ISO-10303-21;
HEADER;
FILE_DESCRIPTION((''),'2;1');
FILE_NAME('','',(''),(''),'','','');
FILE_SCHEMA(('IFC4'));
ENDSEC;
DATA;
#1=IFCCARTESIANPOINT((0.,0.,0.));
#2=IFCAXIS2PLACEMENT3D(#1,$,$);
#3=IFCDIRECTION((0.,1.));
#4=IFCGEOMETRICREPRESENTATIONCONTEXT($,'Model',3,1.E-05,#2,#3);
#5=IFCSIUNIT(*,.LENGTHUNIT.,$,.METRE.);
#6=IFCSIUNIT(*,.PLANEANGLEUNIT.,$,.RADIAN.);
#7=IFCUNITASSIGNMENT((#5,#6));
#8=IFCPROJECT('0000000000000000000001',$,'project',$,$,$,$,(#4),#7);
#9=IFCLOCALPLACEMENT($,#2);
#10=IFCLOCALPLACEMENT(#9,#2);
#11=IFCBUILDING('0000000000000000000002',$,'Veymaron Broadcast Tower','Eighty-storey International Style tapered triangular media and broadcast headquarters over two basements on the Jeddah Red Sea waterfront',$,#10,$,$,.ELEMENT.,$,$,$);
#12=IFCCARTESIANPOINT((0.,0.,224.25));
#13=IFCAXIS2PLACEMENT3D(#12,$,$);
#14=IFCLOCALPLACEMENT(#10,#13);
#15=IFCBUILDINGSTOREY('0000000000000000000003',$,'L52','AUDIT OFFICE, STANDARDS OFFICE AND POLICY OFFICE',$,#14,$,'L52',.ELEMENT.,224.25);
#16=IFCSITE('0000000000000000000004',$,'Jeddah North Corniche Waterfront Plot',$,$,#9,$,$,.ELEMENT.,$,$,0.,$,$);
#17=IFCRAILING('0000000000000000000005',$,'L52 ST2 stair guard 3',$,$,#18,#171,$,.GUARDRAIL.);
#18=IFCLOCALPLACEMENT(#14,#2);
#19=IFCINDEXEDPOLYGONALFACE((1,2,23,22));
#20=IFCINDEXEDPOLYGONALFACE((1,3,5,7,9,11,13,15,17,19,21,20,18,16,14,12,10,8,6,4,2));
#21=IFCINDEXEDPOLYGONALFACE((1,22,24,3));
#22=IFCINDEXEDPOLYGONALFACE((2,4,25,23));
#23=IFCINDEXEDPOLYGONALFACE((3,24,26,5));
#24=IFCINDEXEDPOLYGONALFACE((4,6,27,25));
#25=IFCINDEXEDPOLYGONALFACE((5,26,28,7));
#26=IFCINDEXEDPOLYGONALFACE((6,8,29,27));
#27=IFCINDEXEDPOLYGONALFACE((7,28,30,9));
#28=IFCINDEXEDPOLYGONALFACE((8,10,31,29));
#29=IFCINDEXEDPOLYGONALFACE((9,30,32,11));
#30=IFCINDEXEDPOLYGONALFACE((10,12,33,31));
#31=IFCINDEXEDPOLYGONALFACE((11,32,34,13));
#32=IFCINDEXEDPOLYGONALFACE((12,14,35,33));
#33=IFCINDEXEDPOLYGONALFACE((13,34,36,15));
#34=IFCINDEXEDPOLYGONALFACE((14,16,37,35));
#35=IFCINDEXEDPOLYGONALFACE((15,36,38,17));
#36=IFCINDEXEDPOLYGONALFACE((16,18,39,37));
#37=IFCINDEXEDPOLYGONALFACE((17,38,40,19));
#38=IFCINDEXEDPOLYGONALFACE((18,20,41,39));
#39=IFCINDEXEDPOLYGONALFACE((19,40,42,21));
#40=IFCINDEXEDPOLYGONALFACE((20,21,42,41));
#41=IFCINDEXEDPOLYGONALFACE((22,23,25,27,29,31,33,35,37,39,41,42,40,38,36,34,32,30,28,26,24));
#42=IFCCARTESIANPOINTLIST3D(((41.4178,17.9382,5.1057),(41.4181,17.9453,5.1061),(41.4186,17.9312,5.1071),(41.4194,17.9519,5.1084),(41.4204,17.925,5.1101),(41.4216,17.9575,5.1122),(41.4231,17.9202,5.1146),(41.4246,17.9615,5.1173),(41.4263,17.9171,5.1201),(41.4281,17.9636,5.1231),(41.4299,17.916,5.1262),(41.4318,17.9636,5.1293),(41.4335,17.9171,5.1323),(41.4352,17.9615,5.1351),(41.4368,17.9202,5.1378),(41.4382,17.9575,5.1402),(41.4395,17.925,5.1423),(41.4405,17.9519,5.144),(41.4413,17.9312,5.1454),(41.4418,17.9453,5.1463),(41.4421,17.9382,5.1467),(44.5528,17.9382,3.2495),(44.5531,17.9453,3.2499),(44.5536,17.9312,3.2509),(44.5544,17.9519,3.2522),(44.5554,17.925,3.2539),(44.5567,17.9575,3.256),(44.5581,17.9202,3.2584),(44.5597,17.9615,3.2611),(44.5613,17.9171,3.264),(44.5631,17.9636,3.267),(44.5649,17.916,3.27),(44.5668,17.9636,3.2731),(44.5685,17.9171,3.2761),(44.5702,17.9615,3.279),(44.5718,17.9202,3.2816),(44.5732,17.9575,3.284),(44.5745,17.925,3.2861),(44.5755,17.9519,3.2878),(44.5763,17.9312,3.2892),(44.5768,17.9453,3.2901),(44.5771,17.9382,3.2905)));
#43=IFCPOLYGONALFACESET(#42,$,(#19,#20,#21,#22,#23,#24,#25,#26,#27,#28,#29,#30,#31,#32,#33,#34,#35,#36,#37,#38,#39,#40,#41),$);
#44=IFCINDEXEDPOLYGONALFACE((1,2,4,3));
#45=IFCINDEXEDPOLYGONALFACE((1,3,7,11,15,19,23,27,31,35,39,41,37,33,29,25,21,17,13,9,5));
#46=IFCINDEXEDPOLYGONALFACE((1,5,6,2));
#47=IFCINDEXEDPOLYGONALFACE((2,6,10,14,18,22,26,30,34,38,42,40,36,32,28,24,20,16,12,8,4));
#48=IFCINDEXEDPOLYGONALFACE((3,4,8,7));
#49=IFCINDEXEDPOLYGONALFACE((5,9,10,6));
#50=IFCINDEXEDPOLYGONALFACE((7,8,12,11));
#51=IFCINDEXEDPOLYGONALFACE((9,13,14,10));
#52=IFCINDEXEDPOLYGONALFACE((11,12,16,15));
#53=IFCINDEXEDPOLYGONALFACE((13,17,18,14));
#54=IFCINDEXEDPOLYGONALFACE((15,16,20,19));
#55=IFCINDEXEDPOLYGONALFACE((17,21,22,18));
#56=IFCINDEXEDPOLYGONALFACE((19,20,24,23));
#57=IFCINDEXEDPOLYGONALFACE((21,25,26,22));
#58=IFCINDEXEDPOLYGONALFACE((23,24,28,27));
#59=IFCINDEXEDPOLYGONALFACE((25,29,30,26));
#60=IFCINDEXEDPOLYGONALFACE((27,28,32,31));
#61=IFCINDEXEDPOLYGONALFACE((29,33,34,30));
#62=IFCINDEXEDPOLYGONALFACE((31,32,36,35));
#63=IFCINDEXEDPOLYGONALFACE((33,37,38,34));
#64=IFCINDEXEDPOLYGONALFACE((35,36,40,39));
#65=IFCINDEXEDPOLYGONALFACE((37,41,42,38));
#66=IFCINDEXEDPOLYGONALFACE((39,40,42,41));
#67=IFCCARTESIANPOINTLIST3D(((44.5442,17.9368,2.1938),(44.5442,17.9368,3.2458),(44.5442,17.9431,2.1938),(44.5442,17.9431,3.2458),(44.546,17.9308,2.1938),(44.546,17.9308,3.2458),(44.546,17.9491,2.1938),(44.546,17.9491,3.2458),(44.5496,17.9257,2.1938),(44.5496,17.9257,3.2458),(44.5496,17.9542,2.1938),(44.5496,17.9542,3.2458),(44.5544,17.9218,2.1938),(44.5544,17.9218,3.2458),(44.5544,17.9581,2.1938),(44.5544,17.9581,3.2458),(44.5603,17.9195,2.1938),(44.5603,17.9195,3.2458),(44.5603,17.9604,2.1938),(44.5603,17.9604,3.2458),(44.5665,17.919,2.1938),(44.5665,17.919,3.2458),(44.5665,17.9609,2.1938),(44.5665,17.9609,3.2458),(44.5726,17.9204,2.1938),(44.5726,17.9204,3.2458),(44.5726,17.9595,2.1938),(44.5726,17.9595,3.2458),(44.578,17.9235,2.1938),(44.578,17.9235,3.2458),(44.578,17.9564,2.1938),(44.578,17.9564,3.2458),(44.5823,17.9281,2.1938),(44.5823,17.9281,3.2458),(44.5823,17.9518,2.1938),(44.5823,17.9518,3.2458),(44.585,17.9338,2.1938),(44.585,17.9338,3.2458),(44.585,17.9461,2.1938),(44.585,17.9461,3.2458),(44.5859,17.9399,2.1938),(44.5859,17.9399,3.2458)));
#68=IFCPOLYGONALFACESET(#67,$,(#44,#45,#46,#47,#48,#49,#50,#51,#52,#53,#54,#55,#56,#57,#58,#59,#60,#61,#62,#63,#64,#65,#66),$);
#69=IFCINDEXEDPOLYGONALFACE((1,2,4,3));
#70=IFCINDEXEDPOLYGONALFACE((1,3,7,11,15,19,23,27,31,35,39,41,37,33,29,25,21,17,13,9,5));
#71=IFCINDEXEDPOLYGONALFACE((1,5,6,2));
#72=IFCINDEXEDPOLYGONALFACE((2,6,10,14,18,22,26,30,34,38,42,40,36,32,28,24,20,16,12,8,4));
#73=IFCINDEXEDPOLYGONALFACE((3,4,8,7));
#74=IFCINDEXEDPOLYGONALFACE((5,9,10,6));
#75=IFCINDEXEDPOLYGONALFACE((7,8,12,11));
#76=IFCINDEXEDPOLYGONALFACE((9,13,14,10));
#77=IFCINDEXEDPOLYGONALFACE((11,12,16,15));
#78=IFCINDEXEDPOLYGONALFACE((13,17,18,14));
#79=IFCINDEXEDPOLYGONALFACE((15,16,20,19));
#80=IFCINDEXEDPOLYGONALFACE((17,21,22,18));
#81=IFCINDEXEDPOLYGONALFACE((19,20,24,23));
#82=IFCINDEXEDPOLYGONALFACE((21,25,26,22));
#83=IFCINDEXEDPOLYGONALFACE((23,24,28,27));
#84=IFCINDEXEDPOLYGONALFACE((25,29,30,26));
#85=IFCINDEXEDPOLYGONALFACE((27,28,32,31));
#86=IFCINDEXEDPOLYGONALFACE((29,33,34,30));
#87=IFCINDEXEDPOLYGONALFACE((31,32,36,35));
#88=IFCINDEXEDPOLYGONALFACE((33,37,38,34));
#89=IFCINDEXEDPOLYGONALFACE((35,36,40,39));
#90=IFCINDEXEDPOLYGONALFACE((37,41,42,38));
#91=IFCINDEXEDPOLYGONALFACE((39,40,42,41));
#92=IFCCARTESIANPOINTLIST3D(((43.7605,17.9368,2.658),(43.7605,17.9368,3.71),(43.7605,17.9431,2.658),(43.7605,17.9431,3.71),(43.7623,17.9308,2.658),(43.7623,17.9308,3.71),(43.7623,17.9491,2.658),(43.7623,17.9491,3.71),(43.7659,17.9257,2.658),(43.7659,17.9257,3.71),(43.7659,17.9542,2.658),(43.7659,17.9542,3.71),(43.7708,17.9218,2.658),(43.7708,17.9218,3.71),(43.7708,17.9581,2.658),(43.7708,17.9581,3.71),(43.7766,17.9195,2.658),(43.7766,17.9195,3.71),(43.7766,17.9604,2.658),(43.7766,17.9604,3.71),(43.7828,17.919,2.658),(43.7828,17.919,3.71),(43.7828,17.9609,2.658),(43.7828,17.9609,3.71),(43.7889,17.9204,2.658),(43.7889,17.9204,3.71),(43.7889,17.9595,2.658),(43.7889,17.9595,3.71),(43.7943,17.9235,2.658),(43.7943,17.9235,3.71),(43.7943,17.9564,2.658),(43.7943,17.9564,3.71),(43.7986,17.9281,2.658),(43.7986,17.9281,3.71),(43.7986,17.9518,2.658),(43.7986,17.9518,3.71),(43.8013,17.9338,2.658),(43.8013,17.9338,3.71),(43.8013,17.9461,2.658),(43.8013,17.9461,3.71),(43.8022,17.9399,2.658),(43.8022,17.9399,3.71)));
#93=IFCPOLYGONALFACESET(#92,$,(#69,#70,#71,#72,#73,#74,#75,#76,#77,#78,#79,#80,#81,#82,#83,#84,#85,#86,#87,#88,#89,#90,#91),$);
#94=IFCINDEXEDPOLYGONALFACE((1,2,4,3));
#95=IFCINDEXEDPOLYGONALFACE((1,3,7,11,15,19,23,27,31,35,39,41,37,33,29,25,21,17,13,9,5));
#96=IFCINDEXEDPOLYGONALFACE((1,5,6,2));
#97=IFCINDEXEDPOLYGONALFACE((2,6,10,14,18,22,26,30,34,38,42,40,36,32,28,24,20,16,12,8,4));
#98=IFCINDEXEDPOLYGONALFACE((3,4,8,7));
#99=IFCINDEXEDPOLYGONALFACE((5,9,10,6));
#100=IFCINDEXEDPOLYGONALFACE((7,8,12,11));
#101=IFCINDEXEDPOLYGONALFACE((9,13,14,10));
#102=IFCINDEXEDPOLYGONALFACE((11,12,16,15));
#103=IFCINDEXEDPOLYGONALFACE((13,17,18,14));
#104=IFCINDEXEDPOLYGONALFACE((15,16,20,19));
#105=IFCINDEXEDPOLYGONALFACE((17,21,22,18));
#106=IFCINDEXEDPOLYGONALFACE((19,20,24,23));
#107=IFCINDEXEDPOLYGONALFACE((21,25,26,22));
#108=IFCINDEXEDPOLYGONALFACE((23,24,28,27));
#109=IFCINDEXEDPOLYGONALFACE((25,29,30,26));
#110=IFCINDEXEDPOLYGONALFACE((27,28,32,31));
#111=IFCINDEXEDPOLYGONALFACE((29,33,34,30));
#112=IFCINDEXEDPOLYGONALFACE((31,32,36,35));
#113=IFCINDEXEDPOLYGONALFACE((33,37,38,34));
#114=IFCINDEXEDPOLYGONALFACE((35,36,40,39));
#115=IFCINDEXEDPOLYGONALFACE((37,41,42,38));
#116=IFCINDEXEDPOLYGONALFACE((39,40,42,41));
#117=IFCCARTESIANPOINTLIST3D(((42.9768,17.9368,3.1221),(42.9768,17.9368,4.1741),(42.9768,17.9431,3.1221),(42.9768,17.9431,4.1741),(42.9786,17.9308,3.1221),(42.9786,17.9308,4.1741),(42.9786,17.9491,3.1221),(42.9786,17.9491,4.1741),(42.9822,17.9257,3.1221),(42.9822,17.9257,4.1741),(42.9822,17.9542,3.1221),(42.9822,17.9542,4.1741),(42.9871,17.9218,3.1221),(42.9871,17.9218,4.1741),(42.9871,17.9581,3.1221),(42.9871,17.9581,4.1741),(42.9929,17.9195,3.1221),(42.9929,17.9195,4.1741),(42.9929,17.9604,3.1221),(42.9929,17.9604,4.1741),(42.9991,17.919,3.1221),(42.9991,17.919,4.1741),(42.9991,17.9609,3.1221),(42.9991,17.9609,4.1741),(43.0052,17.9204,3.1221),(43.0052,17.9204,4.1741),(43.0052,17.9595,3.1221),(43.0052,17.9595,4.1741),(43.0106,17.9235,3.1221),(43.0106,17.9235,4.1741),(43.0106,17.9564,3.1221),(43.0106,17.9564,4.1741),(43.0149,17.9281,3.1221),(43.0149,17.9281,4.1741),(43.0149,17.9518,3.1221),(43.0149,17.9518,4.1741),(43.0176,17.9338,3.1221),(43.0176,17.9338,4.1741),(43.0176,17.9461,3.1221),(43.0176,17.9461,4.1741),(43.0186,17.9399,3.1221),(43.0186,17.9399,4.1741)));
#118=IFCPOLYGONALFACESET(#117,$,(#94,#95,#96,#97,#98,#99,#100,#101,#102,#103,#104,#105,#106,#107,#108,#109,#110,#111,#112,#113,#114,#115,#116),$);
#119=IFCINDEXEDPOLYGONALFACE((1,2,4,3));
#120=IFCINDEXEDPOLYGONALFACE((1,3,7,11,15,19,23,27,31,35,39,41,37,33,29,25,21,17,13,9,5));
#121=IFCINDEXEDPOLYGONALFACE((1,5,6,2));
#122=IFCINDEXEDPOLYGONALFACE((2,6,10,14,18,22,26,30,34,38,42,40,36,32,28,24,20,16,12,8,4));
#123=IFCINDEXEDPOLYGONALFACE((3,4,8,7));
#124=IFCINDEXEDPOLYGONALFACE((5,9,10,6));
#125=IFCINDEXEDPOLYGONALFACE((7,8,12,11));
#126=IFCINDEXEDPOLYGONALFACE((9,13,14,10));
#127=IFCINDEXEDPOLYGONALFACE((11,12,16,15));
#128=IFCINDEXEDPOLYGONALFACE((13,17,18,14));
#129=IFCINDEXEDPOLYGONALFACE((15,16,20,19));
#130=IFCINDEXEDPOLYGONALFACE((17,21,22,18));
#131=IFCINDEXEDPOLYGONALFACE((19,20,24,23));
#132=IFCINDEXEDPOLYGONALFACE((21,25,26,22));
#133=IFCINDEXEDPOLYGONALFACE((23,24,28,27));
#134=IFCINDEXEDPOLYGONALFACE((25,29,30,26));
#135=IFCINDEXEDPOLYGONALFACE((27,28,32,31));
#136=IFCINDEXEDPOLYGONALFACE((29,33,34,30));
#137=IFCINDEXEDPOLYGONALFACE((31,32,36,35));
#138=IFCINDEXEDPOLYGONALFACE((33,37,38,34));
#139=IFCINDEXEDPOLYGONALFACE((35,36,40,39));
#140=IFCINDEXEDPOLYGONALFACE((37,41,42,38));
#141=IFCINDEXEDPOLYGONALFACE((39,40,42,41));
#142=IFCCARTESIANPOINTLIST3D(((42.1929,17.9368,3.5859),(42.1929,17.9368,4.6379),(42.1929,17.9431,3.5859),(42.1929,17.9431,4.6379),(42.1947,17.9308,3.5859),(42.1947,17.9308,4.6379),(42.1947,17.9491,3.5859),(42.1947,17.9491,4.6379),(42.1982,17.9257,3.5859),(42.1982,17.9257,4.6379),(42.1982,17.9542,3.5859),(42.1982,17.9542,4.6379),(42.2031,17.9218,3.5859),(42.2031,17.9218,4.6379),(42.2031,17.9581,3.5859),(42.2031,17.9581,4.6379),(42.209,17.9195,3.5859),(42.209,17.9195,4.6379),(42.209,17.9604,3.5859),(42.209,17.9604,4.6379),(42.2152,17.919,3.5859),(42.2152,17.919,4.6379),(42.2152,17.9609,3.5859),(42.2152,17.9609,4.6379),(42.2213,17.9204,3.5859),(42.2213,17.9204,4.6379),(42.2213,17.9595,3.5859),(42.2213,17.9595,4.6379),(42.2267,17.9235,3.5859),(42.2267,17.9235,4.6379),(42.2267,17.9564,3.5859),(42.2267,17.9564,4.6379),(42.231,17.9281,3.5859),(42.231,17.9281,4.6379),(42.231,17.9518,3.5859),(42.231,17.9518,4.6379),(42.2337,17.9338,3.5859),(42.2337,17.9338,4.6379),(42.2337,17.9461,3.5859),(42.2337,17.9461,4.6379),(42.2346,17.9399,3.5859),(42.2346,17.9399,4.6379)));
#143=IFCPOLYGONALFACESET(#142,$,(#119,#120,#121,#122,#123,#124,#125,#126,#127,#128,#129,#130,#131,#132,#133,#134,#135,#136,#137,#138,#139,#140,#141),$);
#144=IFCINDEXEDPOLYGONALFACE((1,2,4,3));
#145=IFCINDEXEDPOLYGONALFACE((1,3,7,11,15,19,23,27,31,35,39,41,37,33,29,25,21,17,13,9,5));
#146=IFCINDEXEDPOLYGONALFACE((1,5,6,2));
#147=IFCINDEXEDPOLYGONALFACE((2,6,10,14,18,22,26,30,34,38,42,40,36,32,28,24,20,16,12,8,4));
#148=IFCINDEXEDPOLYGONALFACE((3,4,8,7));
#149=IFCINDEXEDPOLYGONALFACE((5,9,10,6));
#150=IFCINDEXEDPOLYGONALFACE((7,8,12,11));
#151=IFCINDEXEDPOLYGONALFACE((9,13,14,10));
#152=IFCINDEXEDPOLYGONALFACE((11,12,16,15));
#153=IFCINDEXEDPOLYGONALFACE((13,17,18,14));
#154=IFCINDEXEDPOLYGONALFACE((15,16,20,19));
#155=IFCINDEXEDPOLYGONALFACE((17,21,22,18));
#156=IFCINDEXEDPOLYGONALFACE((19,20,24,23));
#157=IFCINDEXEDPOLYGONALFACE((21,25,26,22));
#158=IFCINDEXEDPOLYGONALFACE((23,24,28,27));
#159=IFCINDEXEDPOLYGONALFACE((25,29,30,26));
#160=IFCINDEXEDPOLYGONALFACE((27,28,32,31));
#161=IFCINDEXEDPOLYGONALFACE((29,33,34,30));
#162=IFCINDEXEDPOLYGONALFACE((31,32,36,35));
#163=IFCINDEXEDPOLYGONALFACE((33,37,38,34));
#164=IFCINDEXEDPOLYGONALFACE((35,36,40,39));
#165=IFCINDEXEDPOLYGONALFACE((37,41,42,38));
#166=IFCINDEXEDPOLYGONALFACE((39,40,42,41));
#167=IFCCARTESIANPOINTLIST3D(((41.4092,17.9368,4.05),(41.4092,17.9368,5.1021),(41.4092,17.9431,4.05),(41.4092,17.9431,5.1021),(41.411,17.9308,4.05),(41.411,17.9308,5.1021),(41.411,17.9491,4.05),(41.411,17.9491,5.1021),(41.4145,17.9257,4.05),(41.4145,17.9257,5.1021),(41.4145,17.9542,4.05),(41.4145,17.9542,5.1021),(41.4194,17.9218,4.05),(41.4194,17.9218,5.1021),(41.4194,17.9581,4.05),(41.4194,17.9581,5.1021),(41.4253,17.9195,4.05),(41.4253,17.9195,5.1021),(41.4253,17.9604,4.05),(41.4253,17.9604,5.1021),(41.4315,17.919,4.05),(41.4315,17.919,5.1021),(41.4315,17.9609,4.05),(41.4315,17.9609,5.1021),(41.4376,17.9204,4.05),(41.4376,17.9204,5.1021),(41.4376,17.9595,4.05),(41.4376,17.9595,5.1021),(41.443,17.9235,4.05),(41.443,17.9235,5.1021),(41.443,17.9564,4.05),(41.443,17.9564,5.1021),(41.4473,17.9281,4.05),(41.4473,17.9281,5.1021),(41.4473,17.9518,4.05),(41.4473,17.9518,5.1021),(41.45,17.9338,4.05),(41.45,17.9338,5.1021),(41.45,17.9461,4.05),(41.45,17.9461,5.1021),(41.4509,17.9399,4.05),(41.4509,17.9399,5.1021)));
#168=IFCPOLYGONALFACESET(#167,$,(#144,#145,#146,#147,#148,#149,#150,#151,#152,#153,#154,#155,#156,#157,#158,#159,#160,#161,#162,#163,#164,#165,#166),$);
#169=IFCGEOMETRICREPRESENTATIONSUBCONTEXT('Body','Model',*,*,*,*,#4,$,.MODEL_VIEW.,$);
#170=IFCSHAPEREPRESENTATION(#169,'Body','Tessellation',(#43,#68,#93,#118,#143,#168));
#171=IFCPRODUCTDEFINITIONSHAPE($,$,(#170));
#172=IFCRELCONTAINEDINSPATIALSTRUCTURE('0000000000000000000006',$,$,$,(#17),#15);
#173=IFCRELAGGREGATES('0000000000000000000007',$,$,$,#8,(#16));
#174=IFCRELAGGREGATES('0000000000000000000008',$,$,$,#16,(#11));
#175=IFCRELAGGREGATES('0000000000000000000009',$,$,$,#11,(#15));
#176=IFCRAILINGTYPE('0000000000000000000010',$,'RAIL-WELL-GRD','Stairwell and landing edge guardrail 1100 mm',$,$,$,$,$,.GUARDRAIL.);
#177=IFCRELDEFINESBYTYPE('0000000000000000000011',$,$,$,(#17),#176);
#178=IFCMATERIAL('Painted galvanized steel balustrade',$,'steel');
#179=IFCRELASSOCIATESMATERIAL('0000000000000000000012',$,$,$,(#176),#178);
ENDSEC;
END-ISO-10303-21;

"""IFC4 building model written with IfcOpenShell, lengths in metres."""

from ifc_helpers import new_model, si_unit, direction, frame, origin, origin_2d, place, context, subcontext, project, spatial, circle, extrude, material, type_object, element, save


model = new_model("IFC4")

# Units and contexts
model_context = context("Model", 3, precision=1e-05, world=origin(), true_north=direction((0.0, 1.0)))
body_context = subcontext(model_context, "Body", "Model", "MODEL_VIEW")
ifc_project = project(units=[si_unit("LENGTHUNIT", "METRE"), si_unit("PLANEANGLEUNIT", "RADIAN")], contexts=[model_context])

# Site, building, storey
site_placement = place(None, origin())
site = spatial("IfcSite", under=ifc_project, at=site_placement, Name="Jeddah North Corniche Waterfront Plot", CompositionType="ELEMENT", RefElevation=0.0)
building_placement = place(site_placement, origin())
building = spatial("IfcBuilding", under=site, at=building_placement, Name="Veymaron Broadcast Tower", Description="Eighty-storey International Style tapered triangular media and broadcast headquarters over two basements on the Jeddah Red Sea waterfront", CompositionType="ELEMENT")
storey_placement = place(building_placement, frame((0.0, 0.0, 224.25)))
storey = spatial("IfcBuildingStorey", under=building, at=storey_placement, Name="L52", Description="AUDIT OFFICE, STANDARDS OFFICE AND POLICY OFFICE", LongName="L52", CompositionType="ELEMENT", Elevation=224.25)

# Railing
ifc_material_1 = material(Name="Painted galvanized steel balustrade", Category="steel")
railing_type_1 = type_object("IfcRailingType", Name="RAIL-WELL-GRD", Description="Stairwell and landing edge guardrail 1100 mm", PredefinedType="GUARDRAIL", material=ifc_material_1)
railing_1_placement = place(storey_placement, frame((44.5649, 17.9399, 2.1938)))
element("IfcRailing", 1, at=railing_1_placement, inside=storey, type_object=railing_type_1, Name="L52 ST2 stair guard 3", PredefinedType="GUARDRAIL", context=body_context, shape_type="SweptSolid", body=[
    extrude(circle(Radius=0.0239, at=origin_2d()), frame((0.0, 0.0, 1.0762), z_axis=(-0.860482, 0.0, 0.509481), x_axis=(0.0, -1.0, 0.0)), (0.0, 0.0, 1.0), 3.6433),
    extrude(circle(Radius=0.021, at=origin_2d()), origin(), (0.0, 0.0, 1.0), 1.052),
    extrude(circle(Radius=0.021, at=origin_2d()), frame((-0.7837, 0.0, 0.4641)), (0.0, 0.0, 1.0), 1.052),
    extrude(circle(Radius=0.021, at=origin_2d()), frame((-1.5674, 0.0, 0.9282)), (0.0, 0.0, 1.0), 1.052),
    extrude(circle(Radius=0.021, at=origin_2d()), frame((-2.3513, 0.0, 1.3921)), (0.0, 0.0, 1.0), 1.052),
    extrude(circle(Radius=0.021, at=origin_2d()), frame((-3.135, 0.0, 1.8562)), (0.0, 0.0, 1.0), 1.052),
])

save(model, "model.ifc")
